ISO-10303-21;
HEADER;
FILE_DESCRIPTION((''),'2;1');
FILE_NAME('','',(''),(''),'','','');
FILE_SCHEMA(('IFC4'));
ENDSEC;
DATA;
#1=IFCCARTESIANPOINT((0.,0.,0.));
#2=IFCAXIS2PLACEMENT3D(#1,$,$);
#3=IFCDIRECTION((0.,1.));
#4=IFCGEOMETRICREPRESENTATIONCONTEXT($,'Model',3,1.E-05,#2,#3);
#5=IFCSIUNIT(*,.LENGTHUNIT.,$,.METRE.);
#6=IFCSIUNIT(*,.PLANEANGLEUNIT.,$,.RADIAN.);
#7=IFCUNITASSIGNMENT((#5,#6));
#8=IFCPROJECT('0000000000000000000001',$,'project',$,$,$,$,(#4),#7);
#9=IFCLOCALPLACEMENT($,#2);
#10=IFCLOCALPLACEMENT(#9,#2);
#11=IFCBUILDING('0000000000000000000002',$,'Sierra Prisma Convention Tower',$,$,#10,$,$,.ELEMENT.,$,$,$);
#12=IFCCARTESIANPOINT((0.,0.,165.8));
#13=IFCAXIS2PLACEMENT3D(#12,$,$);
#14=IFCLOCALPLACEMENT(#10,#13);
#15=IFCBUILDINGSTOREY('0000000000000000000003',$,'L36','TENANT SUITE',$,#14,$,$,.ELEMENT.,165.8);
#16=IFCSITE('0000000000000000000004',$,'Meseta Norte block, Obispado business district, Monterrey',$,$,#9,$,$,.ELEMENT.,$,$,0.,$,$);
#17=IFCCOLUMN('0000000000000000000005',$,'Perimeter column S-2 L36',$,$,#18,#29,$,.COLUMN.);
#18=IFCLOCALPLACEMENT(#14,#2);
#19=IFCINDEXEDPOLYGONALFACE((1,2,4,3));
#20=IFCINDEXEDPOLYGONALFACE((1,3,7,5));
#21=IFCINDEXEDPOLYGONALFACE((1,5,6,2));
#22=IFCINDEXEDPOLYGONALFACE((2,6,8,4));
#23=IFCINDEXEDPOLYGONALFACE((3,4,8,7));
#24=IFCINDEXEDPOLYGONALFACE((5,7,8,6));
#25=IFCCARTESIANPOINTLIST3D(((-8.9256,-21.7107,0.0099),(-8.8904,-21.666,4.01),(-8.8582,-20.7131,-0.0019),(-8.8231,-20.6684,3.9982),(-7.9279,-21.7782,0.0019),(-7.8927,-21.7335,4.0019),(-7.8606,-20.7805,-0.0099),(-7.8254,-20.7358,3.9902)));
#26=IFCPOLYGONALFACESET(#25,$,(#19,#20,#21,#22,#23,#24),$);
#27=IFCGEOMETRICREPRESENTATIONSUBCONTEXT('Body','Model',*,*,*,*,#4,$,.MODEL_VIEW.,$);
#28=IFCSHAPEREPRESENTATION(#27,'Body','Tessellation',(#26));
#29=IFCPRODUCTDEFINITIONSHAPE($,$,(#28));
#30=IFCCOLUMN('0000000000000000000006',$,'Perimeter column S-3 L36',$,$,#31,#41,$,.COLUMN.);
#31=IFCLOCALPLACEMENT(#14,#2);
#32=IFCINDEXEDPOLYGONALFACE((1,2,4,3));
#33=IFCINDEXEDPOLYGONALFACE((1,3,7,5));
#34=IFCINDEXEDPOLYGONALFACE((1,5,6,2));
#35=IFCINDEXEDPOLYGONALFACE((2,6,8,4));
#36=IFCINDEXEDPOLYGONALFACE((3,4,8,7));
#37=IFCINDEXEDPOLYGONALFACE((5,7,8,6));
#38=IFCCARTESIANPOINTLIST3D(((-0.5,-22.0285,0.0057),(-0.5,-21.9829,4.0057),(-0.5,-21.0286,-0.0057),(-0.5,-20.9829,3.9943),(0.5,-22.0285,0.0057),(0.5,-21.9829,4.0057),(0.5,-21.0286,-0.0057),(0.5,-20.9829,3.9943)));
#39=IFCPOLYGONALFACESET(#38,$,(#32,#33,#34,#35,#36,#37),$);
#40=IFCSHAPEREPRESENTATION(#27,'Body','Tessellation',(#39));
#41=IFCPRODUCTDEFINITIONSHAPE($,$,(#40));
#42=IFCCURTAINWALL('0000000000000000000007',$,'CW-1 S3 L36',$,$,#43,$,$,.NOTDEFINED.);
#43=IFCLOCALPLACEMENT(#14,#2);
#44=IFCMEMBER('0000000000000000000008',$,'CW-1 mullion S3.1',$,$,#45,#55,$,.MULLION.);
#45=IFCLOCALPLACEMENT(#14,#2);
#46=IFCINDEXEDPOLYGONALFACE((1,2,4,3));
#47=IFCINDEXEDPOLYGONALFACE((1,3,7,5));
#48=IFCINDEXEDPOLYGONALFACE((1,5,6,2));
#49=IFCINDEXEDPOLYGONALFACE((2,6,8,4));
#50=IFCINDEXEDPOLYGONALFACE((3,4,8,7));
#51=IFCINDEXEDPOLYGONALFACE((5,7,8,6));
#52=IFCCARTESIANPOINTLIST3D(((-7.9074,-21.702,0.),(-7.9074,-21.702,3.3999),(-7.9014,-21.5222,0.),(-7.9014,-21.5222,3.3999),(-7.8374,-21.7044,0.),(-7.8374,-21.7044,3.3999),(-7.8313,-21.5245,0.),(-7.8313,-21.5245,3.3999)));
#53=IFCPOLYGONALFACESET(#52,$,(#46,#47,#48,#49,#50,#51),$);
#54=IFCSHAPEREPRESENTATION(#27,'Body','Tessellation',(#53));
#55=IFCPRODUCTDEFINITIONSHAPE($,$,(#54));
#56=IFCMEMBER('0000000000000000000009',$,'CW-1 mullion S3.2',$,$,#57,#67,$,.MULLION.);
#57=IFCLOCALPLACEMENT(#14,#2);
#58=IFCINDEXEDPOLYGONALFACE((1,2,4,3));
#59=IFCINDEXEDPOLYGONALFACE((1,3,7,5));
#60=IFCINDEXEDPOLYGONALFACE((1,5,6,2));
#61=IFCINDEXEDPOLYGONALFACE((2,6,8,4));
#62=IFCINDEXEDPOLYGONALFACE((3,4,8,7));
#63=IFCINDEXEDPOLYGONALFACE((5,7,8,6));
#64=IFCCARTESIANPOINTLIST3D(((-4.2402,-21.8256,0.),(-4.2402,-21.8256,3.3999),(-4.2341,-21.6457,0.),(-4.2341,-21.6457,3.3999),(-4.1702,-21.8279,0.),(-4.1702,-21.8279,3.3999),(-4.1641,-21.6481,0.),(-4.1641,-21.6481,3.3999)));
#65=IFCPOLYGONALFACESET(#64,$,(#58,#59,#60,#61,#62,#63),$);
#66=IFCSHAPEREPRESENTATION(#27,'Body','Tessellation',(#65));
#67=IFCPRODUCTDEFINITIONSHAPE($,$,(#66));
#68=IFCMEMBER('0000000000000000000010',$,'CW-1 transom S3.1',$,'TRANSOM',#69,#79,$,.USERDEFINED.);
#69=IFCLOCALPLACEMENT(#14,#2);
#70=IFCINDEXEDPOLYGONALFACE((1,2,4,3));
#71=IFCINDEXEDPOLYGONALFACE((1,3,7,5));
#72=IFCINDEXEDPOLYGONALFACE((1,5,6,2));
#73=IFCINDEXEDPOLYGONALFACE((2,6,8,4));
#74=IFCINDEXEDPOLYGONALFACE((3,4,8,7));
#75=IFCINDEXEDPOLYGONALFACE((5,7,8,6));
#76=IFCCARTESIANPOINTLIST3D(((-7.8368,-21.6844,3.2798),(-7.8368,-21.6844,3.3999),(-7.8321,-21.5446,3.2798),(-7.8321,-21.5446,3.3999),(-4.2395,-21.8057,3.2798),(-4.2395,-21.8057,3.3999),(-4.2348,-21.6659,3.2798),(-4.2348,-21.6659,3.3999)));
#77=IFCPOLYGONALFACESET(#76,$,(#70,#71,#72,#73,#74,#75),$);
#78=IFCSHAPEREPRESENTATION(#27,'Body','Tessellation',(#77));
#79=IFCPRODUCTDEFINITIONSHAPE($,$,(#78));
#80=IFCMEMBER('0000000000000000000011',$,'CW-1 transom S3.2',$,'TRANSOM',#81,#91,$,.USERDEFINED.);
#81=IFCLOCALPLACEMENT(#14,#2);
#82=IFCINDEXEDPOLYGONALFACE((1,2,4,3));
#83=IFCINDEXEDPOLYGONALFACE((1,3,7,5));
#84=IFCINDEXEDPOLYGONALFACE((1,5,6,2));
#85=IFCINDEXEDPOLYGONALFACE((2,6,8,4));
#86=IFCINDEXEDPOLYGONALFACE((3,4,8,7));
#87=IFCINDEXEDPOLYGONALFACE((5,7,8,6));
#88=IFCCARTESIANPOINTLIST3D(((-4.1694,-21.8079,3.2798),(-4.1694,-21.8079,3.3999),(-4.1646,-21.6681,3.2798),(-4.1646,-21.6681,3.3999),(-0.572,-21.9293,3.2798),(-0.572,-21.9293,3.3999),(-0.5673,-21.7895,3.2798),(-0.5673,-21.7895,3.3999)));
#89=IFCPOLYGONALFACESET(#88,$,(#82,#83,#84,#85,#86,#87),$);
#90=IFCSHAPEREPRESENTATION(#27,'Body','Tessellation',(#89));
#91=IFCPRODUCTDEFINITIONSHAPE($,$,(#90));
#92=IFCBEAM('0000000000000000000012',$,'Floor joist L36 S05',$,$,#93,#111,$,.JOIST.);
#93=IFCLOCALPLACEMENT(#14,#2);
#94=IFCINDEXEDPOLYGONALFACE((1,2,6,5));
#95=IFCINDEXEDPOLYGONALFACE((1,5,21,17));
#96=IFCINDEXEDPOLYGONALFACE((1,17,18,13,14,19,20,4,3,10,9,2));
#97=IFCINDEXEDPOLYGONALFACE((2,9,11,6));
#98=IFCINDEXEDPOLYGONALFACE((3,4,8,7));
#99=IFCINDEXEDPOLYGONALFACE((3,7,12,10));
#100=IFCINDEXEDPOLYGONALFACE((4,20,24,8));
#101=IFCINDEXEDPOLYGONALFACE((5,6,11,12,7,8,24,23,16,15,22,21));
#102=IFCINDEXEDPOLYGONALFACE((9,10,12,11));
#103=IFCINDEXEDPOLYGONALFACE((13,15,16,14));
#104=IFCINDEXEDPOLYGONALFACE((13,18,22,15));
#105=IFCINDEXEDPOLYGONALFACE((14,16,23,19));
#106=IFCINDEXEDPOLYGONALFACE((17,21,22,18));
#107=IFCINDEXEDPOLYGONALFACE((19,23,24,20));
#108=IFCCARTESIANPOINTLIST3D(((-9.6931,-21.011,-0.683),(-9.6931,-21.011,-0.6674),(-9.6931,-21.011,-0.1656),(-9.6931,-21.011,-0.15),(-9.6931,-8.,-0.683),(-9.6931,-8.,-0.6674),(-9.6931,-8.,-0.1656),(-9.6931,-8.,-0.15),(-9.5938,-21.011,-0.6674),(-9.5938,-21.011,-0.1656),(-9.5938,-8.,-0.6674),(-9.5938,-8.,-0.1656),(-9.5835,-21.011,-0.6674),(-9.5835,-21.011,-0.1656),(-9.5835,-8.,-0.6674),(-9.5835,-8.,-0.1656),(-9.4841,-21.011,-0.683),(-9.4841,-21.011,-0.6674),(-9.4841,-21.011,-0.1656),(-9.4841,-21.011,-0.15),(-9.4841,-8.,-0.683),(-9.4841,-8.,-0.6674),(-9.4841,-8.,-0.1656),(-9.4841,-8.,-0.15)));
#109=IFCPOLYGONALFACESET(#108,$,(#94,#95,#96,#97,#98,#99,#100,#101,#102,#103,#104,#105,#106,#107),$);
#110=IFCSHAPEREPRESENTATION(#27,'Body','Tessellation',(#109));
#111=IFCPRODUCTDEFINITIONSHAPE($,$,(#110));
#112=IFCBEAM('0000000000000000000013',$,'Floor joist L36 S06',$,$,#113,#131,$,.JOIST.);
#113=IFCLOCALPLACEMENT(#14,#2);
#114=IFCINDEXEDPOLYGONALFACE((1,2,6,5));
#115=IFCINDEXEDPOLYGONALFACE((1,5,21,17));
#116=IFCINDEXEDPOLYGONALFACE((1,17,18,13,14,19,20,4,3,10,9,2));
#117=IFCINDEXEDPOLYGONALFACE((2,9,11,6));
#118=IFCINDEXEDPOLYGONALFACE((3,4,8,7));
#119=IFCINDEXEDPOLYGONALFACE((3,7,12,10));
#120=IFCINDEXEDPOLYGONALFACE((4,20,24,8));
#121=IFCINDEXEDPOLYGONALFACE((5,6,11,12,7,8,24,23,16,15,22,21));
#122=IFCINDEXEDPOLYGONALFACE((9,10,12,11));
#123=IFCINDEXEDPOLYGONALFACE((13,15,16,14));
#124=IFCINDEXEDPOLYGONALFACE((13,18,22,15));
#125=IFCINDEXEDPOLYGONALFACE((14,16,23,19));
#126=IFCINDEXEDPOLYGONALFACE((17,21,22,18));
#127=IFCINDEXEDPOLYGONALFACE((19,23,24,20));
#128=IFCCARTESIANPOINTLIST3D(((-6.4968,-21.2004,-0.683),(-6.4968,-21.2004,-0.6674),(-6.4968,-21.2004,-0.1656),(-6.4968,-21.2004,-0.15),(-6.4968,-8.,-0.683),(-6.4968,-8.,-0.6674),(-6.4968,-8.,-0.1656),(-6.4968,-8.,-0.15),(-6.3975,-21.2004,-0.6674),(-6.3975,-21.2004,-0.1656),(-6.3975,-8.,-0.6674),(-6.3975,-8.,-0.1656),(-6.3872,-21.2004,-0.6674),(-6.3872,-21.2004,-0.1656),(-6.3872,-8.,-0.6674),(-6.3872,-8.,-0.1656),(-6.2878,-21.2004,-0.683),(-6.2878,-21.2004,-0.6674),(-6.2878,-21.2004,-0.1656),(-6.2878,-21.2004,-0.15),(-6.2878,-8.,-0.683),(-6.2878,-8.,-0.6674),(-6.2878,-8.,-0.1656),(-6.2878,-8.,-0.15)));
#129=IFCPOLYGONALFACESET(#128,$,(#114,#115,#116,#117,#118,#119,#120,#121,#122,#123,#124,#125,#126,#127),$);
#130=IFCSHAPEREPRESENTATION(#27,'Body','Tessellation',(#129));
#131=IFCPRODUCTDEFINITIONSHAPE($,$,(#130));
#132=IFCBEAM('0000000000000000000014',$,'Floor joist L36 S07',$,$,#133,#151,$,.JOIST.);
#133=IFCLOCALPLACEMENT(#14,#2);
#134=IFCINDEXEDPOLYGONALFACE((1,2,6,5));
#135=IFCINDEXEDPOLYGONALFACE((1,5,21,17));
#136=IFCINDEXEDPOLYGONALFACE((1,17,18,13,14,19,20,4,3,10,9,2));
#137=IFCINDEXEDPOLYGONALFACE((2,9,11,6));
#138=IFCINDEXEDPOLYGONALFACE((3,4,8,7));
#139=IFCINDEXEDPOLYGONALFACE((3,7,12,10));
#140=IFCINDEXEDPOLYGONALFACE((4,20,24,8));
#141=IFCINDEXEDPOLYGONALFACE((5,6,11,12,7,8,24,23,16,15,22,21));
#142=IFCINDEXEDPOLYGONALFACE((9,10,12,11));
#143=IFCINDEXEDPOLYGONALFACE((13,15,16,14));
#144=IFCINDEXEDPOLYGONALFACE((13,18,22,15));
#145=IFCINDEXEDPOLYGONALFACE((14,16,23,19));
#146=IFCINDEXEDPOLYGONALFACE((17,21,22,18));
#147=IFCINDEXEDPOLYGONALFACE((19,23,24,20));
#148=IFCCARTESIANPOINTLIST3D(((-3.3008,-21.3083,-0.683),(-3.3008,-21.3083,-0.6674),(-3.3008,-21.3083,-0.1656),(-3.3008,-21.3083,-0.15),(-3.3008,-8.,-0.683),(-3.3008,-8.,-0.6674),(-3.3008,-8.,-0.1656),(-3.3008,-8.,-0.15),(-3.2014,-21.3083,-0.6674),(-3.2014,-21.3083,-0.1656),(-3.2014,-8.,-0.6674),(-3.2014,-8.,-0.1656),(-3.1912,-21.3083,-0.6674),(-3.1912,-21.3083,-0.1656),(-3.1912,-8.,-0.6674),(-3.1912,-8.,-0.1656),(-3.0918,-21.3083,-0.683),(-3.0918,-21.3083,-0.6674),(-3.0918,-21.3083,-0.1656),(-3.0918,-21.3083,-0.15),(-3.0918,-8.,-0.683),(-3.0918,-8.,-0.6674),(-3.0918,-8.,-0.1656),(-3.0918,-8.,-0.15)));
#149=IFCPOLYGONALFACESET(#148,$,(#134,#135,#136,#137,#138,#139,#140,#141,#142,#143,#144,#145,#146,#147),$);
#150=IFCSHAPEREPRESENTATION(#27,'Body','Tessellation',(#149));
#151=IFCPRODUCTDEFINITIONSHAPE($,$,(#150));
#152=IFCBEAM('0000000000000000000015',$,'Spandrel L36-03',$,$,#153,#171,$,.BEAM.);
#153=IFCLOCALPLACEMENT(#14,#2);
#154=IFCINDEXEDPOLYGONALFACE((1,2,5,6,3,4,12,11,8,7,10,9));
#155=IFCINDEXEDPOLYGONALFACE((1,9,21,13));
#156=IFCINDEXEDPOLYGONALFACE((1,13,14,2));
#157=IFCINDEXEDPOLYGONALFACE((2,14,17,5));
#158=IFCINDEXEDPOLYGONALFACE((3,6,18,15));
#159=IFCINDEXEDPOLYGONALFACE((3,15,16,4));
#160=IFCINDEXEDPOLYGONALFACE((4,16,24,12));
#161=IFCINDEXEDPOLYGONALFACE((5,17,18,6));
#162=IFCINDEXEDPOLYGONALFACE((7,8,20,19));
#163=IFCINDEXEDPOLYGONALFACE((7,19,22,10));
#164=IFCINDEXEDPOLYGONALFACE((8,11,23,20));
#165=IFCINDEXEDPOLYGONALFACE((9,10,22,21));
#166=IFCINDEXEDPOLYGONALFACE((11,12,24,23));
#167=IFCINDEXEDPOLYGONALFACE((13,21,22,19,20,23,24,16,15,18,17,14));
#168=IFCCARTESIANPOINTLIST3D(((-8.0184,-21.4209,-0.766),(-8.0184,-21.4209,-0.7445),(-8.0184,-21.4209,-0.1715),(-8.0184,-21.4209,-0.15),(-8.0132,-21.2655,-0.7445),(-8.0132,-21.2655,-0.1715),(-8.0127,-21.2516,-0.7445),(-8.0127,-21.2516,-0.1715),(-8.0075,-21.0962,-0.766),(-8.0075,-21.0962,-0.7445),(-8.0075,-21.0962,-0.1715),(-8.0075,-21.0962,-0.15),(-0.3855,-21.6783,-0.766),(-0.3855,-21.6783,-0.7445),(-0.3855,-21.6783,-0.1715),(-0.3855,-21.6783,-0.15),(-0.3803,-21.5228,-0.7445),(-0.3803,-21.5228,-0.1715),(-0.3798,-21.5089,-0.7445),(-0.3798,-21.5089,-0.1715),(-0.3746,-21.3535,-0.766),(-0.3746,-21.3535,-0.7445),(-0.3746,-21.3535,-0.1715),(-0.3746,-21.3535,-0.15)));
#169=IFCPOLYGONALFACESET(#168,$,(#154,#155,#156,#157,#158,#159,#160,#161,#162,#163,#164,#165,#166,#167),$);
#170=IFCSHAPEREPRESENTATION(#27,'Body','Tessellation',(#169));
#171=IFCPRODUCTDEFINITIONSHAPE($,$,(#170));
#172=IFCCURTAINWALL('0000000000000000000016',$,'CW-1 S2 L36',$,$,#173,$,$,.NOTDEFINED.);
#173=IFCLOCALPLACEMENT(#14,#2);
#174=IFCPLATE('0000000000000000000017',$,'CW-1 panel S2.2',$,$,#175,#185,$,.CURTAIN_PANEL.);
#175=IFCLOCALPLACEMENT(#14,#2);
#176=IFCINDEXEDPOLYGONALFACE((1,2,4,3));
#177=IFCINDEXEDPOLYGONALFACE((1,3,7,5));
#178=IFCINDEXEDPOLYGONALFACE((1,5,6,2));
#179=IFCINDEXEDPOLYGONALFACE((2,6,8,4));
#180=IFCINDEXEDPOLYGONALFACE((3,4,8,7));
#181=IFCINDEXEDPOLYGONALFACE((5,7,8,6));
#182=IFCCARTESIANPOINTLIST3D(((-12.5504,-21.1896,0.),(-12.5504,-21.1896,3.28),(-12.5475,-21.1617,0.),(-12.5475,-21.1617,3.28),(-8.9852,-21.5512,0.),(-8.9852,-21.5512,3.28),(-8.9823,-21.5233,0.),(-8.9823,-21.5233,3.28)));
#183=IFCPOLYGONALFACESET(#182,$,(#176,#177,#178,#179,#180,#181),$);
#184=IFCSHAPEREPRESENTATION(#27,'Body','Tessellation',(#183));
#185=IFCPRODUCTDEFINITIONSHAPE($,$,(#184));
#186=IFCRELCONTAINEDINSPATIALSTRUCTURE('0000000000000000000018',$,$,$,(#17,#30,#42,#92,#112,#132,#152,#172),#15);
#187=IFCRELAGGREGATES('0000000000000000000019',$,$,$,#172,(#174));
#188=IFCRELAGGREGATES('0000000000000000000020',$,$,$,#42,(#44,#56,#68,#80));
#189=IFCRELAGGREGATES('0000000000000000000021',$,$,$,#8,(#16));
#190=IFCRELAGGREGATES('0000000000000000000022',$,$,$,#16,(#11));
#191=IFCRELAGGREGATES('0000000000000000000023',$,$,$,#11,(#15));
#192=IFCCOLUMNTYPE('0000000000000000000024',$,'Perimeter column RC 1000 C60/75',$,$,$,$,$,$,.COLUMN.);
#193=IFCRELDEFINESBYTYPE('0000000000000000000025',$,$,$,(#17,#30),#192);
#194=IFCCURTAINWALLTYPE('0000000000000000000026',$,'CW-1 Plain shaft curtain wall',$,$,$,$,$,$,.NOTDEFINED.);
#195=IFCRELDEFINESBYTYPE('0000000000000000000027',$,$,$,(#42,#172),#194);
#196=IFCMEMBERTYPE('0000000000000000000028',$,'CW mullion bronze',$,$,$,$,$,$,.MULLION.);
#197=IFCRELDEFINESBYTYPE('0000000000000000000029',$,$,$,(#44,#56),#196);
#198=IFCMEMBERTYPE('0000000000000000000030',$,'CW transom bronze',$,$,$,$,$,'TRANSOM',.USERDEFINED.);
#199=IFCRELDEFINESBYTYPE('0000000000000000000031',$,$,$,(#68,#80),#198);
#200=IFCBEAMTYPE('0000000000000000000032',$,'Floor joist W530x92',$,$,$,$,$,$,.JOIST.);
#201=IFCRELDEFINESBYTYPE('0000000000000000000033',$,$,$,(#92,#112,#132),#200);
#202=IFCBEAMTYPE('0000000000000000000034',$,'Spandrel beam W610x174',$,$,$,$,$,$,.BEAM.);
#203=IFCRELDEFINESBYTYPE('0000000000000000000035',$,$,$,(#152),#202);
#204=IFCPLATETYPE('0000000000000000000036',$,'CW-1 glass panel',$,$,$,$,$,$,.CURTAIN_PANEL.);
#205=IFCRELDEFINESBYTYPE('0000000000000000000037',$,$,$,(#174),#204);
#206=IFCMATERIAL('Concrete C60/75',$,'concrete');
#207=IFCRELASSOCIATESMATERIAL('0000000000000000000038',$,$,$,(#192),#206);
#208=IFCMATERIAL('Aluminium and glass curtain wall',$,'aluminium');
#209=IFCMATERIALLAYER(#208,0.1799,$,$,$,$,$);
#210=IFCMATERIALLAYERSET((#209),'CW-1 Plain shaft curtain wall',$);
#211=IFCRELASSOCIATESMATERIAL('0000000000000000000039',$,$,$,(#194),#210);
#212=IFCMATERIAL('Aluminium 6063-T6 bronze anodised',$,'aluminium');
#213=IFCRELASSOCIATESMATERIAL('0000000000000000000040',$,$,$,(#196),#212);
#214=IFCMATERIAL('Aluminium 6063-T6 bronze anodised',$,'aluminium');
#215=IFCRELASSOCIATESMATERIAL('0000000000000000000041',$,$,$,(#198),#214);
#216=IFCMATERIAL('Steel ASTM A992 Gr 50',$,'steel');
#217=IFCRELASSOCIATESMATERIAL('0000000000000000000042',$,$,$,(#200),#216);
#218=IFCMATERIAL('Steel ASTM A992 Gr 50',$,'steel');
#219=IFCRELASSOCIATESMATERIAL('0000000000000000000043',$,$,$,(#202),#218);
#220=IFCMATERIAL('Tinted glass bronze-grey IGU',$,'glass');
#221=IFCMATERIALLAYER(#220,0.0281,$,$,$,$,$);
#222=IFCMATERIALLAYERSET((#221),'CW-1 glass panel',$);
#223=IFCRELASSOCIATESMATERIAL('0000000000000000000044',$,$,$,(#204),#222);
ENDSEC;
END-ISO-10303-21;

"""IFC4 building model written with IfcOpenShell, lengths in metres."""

from ifc_helpers import new_model, si_unit, direction, frame, origin, origin_2d, place, context, subcontext, project, spatial, rectangle, i_section, extrude, material, layer, layer_set, material_profile, profile_set, type_object, element, aggregate, save


model = new_model("IFC4")

# Units and contexts
model_context = context("Model", 3, precision=1e-05, world=origin(), true_north=direction((0.0, 1.0)))
body_context = subcontext(model_context, "Body", "Model", "MODEL_VIEW")
ifc_project = project(units=[si_unit("LENGTHUNIT", "METRE"), si_unit("PLANEANGLEUNIT", "RADIAN")], contexts=[model_context])

# Site, building, storey
site_placement = place(None, origin())
site = spatial("IfcSite", under=ifc_project, at=site_placement, Name="Meseta Norte block, Obispado business district, Monterrey", CompositionType="ELEMENT", RefElevation=0.0)
building_placement = place(site_placement, origin())
building = spatial("IfcBuilding", under=site, at=building_placement, Name="Sierra Prisma Convention Tower", CompositionType="ELEMENT")
storey_placement = place(building_placement, frame((0.0, 0.0, 165.8)))
storey = spatial("IfcBuildingStorey", under=building, at=storey_placement, Name="L36", Description="TENANT SUITE", CompositionType="ELEMENT", Elevation=165.8)

# Columns
ifc_material_1 = material(Name="Concrete C60/75", Category="concrete")
ifc_material_profile_1 = material_profile(ifc_material_1, rectangle(XDim=1.0, YDim=1.0, at=origin_2d()), Name="Perimeter column RC 1000 C60/75")
ifc_profile_set_1 = profile_set([ifc_material_profile_1], Name="Concrete C60/75")
column_type = type_object("IfcColumnType", Name="Perimeter column RC 1000 C60/75", PredefinedType="COLUMN", material=ifc_profile_set_1)
column_1_placement = place(storey_placement, frame((-8.3931, -21.2456, 0.0), z_axis=(0.008788, 0.011168, 0.999899), x_axis=(-0.997692, 0.067432, 0.008016)))
element("IfcColumn", 1, at=column_1_placement, inside=storey, type_object=column_type, Name="Perimeter column S-2 L36", PredefinedType="COLUMN", context=body_context, shape_type="SweptSolid", body=[
    extrude(rectangle(XDim=1.0, YDim=1.0, at=origin_2d()), origin(), (0.0, 0.0, 1.0), 4.0005),
])
column_2_placement = place(storey_placement, frame((0.0, -21.5286, 0.0), z_axis=(0.0, 0.011413, 0.999935), x_axis=(1.0, 0.0, 0.0)))
element("IfcColumn", 2, at=column_2_placement, inside=storey, type_object=column_type, Name="Perimeter column S-3 L36", PredefinedType="COLUMN", context=body_context, shape_type="SweptSolid", body=[
    extrude(rectangle(XDim=1.0, YDim=1.0, at=origin_2d()), origin(), (0.0, 0.0, 1.0), 4.0002),
])

# Curtain wall, members
ifc_material_2 = material(Name="Aluminium and glass curtain wall", Category="aluminium")
ifc_layer_1 = layer(ifc_material_2, 0.1799)
ifc_layer_set_1 = layer_set([ifc_layer_1], Name="CW-1 Plain shaft curtain wall")
curtain_wall_type = type_object("IfcCurtainWallType", Name="CW-1 Plain shaft curtain wall", PredefinedType="NOTDEFINED", material=ifc_layer_set_1)
curtain_wall_1_placement = place(storey_placement, origin())
curtain_wall_1 = element("IfcCurtainWall", 3, at=curtain_wall_1_placement, inside=storey, type_object=curtain_wall_type, Name="CW-1 S3 L36", PredefinedType="NOTDEFINED")
ifc_material_3 = material(Name="Aluminium 6063-T6 bronze anodised", Category="aluminium")
ifc_material_profile_2 = material_profile(ifc_material_3, rectangle(XDim=0.1799, YDim=0.0701, at=origin_2d()), Name="ALU MULLION 70x180")
ifc_profile_set_2 = profile_set([ifc_material_profile_2], Name="Aluminium 6063-T6 bronze anodised")
member_type_1 = type_object("IfcMemberType", Name="CW mullion bronze", PredefinedType="MULLION", material=ifc_profile_set_2)
member_1_placement = place(storey_placement, frame((-7.8694, -21.6133, 0.0), z_axis=(0.0, 0.0, 1.0), x_axis=(0.033688, 0.999432, 0.0)))
member_1 = element("IfcMember", 4, at=member_1_placement, type_object=member_type_1, Name="CW-1 mullion S3.1", PredefinedType="MULLION", context=body_context, shape_type="SweptSolid", body=[
    extrude(rectangle(XDim=0.1799, YDim=0.0701, at=origin_2d()), origin(), (0.0, 0.0, 1.0), 3.3999),
])
member_2_placement = place(storey_placement, frame((-4.2021, -21.7368, 0.0), z_axis=(0.0, 0.0, 1.0), x_axis=(0.033688, 0.999432, 0.0)))
member_2 = element("IfcMember", 5, at=member_2_placement, type_object=member_type_1, Name="CW-1 mullion S3.2", PredefinedType="MULLION", context=body_context, shape_type="SweptSolid", body=[
    extrude(rectangle(XDim=0.1799, YDim=0.0701, at=origin_2d()), origin(), (0.0, 0.0, 1.0), 3.3999),
])
ifc_material_4 = material(Name="Aluminium 6063-T6 bronze anodised", Category="aluminium")
ifc_material_profile_3 = material_profile(ifc_material_4, rectangle(XDim=0.1399, YDim=0.1201, at=origin_2d()), Name="ALU TRANSOM 120x140")
ifc_profile_set_3 = profile_set([ifc_material_profile_3], Name="Aluminium 6063-T6 bronze anodised")
member_type_2 = type_object("IfcMemberType", Name="CW transom bronze", ElementType="TRANSOM", PredefinedType="USERDEFINED", material=ifc_profile_set_3)
member_3_placement = place(storey_placement, frame((-7.8345, -21.6145, 3.3398), z_axis=(0.999432, -0.03371, 0.0), x_axis=(0.03371, 0.999432, 0.0)))
member_3 = element("IfcMember", 6, at=member_3_placement, type_object=member_type_2, Name="CW-1 transom S3.1", ObjectType="TRANSOM", PredefinedType="USERDEFINED", context=body_context, shape_type="SweptSolid", body=[
    extrude(rectangle(XDim=0.1399, YDim=0.1201, at=origin_2d()), origin(), (0.0, 0.0, 1.0), 3.5994),
])
member_4_placement = place(storey_placement, frame((-4.167, -21.738, 3.3398), z_axis=(0.999432, -0.03371, 0.0), x_axis=(0.03371, 0.999432, 0.0)))
member_4 = element("IfcMember", 7, at=member_4_placement, type_object=member_type_2, Name="CW-1 transom S3.2", ObjectType="TRANSOM", PredefinedType="USERDEFINED", context=body_context, shape_type="SweptSolid", body=[
    extrude(rectangle(XDim=0.1399, YDim=0.1201, at=origin_2d()), origin(), (0.0, 0.0, 1.0), 3.5994),
])

# Beams
ifc_material_5 = material(Name="Steel ASTM A992 Gr 50", Category="steel")
ifc_material_profile_4 = material_profile(ifc_material_5, i_section(OverallWidth=0.209, OverallDepth=0.533, WebThickness=0.0103, FlangeThickness=0.0156, at=origin_2d()), Name="W530x92")
ifc_profile_set_4 = profile_set([ifc_material_profile_4], Name="Steel ASTM A992 Gr 50")
beam_type_1 = type_object("IfcBeamType", Name="Floor joist W530x92", PredefinedType="JOIST", material=ifc_profile_set_4)
beam_1_placement = place(storey_placement, frame((-9.5886, -21.011, -0.4165), z_axis=(0.0, 1.0, 0.0), x_axis=(-1.0, 0.0, 0.0)))
element("IfcBeam", 8, at=beam_1_placement, inside=storey, type_object=beam_type_1, Name="Floor joist L36 S05", PredefinedType="JOIST", context=body_context, shape_type="SweptSolid", body=[
    extrude(i_section(OverallWidth=0.209, OverallDepth=0.533, WebThickness=0.0103, FlangeThickness=0.0156, at=origin_2d()), origin(), (0.0, 0.0, 1.0), 13.011),
])
beam_2_placement = place(storey_placement, frame((-6.3923, -21.2004, -0.4165), z_axis=(0.0, 1.0, 0.0), x_axis=(-1.0, 0.0, 0.0)))
element("IfcBeam", 9, at=beam_2_placement, inside=storey, type_object=beam_type_1, Name="Floor joist L36 S06", PredefinedType="JOIST", context=body_context, shape_type="SweptSolid", body=[
    extrude(i_section(OverallWidth=0.209, OverallDepth=0.533, WebThickness=0.0103, FlangeThickness=0.0156, at=origin_2d()), origin(), (0.0, 0.0, 1.0), 13.2004),
])
beam_3_placement = place(storey_placement, frame((-3.1963, -21.3083, -0.4165), z_axis=(0.0, 1.0, 0.0), x_axis=(-1.0, 0.0, 0.0)))
element("IfcBeam", 10, at=beam_3_placement, inside=storey, type_object=beam_type_1, Name="Floor joist L36 S07", PredefinedType="JOIST", context=body_context, shape_type="SweptSolid", body=[
    extrude(i_section(OverallWidth=0.209, OverallDepth=0.533, WebThickness=0.0103, FlangeThickness=0.0156, at=origin_2d()), origin(), (0.0, 0.0, 1.0), 13.3083),
])
ifc_material_6 = material(Name="Steel ASTM A992 Gr 50", Category="steel")
ifc_material_profile_5 = material_profile(ifc_material_6, i_section(OverallWidth=0.325, OverallDepth=0.616, WebThickness=0.0139, FlangeThickness=0.0215, at=origin_2d()), Name="W610x174")
ifc_profile_set_5 = profile_set([ifc_material_profile_5], Name="Steel ASTM A992 Gr 50")
beam_type_2 = type_object("IfcBeamType", Name="Spandrel beam W610x174", PredefinedType="BEAM", material=ifc_profile_set_5)
beam_4_placement = place(storey_placement, frame((-8.0129, -21.2585, -0.458), z_axis=(0.999432, -0.033694, 0.0), x_axis=(0.033694, 0.999432, 0.0)))
element("IfcBeam", 11, at=beam_4_placement, inside=storey, type_object=beam_type_2, Name="Spandrel L36-03", PredefinedType="BEAM", context=body_context, shape_type="SweptSolid", body=[
    extrude(i_section(OverallWidth=0.325, OverallDepth=0.616, WebThickness=0.0139, FlangeThickness=0.0215, at=origin_2d()), origin(), (0.0, 0.0, 1.0), 7.6372),
])

# Curtain wall, plate
curtain_wall_2_placement = place(storey_placement, origin())
curtain_wall_2 = element("IfcCurtainWall", 12, at=curtain_wall_2_placement, inside=storey, type_object=curtain_wall_type, Name="CW-1 S2 L36", PredefinedType="NOTDEFINED")
ifc_material_7 = material(Name="Tinted glass bronze-grey IGU", Category="glass")
ifc_layer_2 = layer(ifc_material_7, 0.0281)
ifc_layer_set_2 = layer_set([ifc_layer_2], Name="CW-1 glass panel")
plate_type = type_object("IfcPlateType", Name="CW-1 glass panel", PredefinedType="CURTAIN_PANEL", material=ifc_layer_set_2)
plate_1_placement = place(storey_placement, frame((-10.7664, -21.3564, 0.0), z_axis=(0.0, 0.0, 1.0), x_axis=(0.994895, -0.100911, 0.0)))
plate_1 = element("IfcPlate", 13, at=plate_1_placement, type_object=plate_type, Name="CW-1 panel S2.2", PredefinedType="CURTAIN_PANEL", context=body_context, shape_type="SweptSolid", body=[
    extrude(rectangle(XDim=3.5835, YDim=0.0281, at=origin_2d()), origin(), (0.0, 0.0, 1.0), 3.28),
])
aggregate(curtain_wall_2, [plate_1])

aggregate(curtain_wall_1, [member_1, member_2, member_3, member_4])

save(model, "model.ifc")
